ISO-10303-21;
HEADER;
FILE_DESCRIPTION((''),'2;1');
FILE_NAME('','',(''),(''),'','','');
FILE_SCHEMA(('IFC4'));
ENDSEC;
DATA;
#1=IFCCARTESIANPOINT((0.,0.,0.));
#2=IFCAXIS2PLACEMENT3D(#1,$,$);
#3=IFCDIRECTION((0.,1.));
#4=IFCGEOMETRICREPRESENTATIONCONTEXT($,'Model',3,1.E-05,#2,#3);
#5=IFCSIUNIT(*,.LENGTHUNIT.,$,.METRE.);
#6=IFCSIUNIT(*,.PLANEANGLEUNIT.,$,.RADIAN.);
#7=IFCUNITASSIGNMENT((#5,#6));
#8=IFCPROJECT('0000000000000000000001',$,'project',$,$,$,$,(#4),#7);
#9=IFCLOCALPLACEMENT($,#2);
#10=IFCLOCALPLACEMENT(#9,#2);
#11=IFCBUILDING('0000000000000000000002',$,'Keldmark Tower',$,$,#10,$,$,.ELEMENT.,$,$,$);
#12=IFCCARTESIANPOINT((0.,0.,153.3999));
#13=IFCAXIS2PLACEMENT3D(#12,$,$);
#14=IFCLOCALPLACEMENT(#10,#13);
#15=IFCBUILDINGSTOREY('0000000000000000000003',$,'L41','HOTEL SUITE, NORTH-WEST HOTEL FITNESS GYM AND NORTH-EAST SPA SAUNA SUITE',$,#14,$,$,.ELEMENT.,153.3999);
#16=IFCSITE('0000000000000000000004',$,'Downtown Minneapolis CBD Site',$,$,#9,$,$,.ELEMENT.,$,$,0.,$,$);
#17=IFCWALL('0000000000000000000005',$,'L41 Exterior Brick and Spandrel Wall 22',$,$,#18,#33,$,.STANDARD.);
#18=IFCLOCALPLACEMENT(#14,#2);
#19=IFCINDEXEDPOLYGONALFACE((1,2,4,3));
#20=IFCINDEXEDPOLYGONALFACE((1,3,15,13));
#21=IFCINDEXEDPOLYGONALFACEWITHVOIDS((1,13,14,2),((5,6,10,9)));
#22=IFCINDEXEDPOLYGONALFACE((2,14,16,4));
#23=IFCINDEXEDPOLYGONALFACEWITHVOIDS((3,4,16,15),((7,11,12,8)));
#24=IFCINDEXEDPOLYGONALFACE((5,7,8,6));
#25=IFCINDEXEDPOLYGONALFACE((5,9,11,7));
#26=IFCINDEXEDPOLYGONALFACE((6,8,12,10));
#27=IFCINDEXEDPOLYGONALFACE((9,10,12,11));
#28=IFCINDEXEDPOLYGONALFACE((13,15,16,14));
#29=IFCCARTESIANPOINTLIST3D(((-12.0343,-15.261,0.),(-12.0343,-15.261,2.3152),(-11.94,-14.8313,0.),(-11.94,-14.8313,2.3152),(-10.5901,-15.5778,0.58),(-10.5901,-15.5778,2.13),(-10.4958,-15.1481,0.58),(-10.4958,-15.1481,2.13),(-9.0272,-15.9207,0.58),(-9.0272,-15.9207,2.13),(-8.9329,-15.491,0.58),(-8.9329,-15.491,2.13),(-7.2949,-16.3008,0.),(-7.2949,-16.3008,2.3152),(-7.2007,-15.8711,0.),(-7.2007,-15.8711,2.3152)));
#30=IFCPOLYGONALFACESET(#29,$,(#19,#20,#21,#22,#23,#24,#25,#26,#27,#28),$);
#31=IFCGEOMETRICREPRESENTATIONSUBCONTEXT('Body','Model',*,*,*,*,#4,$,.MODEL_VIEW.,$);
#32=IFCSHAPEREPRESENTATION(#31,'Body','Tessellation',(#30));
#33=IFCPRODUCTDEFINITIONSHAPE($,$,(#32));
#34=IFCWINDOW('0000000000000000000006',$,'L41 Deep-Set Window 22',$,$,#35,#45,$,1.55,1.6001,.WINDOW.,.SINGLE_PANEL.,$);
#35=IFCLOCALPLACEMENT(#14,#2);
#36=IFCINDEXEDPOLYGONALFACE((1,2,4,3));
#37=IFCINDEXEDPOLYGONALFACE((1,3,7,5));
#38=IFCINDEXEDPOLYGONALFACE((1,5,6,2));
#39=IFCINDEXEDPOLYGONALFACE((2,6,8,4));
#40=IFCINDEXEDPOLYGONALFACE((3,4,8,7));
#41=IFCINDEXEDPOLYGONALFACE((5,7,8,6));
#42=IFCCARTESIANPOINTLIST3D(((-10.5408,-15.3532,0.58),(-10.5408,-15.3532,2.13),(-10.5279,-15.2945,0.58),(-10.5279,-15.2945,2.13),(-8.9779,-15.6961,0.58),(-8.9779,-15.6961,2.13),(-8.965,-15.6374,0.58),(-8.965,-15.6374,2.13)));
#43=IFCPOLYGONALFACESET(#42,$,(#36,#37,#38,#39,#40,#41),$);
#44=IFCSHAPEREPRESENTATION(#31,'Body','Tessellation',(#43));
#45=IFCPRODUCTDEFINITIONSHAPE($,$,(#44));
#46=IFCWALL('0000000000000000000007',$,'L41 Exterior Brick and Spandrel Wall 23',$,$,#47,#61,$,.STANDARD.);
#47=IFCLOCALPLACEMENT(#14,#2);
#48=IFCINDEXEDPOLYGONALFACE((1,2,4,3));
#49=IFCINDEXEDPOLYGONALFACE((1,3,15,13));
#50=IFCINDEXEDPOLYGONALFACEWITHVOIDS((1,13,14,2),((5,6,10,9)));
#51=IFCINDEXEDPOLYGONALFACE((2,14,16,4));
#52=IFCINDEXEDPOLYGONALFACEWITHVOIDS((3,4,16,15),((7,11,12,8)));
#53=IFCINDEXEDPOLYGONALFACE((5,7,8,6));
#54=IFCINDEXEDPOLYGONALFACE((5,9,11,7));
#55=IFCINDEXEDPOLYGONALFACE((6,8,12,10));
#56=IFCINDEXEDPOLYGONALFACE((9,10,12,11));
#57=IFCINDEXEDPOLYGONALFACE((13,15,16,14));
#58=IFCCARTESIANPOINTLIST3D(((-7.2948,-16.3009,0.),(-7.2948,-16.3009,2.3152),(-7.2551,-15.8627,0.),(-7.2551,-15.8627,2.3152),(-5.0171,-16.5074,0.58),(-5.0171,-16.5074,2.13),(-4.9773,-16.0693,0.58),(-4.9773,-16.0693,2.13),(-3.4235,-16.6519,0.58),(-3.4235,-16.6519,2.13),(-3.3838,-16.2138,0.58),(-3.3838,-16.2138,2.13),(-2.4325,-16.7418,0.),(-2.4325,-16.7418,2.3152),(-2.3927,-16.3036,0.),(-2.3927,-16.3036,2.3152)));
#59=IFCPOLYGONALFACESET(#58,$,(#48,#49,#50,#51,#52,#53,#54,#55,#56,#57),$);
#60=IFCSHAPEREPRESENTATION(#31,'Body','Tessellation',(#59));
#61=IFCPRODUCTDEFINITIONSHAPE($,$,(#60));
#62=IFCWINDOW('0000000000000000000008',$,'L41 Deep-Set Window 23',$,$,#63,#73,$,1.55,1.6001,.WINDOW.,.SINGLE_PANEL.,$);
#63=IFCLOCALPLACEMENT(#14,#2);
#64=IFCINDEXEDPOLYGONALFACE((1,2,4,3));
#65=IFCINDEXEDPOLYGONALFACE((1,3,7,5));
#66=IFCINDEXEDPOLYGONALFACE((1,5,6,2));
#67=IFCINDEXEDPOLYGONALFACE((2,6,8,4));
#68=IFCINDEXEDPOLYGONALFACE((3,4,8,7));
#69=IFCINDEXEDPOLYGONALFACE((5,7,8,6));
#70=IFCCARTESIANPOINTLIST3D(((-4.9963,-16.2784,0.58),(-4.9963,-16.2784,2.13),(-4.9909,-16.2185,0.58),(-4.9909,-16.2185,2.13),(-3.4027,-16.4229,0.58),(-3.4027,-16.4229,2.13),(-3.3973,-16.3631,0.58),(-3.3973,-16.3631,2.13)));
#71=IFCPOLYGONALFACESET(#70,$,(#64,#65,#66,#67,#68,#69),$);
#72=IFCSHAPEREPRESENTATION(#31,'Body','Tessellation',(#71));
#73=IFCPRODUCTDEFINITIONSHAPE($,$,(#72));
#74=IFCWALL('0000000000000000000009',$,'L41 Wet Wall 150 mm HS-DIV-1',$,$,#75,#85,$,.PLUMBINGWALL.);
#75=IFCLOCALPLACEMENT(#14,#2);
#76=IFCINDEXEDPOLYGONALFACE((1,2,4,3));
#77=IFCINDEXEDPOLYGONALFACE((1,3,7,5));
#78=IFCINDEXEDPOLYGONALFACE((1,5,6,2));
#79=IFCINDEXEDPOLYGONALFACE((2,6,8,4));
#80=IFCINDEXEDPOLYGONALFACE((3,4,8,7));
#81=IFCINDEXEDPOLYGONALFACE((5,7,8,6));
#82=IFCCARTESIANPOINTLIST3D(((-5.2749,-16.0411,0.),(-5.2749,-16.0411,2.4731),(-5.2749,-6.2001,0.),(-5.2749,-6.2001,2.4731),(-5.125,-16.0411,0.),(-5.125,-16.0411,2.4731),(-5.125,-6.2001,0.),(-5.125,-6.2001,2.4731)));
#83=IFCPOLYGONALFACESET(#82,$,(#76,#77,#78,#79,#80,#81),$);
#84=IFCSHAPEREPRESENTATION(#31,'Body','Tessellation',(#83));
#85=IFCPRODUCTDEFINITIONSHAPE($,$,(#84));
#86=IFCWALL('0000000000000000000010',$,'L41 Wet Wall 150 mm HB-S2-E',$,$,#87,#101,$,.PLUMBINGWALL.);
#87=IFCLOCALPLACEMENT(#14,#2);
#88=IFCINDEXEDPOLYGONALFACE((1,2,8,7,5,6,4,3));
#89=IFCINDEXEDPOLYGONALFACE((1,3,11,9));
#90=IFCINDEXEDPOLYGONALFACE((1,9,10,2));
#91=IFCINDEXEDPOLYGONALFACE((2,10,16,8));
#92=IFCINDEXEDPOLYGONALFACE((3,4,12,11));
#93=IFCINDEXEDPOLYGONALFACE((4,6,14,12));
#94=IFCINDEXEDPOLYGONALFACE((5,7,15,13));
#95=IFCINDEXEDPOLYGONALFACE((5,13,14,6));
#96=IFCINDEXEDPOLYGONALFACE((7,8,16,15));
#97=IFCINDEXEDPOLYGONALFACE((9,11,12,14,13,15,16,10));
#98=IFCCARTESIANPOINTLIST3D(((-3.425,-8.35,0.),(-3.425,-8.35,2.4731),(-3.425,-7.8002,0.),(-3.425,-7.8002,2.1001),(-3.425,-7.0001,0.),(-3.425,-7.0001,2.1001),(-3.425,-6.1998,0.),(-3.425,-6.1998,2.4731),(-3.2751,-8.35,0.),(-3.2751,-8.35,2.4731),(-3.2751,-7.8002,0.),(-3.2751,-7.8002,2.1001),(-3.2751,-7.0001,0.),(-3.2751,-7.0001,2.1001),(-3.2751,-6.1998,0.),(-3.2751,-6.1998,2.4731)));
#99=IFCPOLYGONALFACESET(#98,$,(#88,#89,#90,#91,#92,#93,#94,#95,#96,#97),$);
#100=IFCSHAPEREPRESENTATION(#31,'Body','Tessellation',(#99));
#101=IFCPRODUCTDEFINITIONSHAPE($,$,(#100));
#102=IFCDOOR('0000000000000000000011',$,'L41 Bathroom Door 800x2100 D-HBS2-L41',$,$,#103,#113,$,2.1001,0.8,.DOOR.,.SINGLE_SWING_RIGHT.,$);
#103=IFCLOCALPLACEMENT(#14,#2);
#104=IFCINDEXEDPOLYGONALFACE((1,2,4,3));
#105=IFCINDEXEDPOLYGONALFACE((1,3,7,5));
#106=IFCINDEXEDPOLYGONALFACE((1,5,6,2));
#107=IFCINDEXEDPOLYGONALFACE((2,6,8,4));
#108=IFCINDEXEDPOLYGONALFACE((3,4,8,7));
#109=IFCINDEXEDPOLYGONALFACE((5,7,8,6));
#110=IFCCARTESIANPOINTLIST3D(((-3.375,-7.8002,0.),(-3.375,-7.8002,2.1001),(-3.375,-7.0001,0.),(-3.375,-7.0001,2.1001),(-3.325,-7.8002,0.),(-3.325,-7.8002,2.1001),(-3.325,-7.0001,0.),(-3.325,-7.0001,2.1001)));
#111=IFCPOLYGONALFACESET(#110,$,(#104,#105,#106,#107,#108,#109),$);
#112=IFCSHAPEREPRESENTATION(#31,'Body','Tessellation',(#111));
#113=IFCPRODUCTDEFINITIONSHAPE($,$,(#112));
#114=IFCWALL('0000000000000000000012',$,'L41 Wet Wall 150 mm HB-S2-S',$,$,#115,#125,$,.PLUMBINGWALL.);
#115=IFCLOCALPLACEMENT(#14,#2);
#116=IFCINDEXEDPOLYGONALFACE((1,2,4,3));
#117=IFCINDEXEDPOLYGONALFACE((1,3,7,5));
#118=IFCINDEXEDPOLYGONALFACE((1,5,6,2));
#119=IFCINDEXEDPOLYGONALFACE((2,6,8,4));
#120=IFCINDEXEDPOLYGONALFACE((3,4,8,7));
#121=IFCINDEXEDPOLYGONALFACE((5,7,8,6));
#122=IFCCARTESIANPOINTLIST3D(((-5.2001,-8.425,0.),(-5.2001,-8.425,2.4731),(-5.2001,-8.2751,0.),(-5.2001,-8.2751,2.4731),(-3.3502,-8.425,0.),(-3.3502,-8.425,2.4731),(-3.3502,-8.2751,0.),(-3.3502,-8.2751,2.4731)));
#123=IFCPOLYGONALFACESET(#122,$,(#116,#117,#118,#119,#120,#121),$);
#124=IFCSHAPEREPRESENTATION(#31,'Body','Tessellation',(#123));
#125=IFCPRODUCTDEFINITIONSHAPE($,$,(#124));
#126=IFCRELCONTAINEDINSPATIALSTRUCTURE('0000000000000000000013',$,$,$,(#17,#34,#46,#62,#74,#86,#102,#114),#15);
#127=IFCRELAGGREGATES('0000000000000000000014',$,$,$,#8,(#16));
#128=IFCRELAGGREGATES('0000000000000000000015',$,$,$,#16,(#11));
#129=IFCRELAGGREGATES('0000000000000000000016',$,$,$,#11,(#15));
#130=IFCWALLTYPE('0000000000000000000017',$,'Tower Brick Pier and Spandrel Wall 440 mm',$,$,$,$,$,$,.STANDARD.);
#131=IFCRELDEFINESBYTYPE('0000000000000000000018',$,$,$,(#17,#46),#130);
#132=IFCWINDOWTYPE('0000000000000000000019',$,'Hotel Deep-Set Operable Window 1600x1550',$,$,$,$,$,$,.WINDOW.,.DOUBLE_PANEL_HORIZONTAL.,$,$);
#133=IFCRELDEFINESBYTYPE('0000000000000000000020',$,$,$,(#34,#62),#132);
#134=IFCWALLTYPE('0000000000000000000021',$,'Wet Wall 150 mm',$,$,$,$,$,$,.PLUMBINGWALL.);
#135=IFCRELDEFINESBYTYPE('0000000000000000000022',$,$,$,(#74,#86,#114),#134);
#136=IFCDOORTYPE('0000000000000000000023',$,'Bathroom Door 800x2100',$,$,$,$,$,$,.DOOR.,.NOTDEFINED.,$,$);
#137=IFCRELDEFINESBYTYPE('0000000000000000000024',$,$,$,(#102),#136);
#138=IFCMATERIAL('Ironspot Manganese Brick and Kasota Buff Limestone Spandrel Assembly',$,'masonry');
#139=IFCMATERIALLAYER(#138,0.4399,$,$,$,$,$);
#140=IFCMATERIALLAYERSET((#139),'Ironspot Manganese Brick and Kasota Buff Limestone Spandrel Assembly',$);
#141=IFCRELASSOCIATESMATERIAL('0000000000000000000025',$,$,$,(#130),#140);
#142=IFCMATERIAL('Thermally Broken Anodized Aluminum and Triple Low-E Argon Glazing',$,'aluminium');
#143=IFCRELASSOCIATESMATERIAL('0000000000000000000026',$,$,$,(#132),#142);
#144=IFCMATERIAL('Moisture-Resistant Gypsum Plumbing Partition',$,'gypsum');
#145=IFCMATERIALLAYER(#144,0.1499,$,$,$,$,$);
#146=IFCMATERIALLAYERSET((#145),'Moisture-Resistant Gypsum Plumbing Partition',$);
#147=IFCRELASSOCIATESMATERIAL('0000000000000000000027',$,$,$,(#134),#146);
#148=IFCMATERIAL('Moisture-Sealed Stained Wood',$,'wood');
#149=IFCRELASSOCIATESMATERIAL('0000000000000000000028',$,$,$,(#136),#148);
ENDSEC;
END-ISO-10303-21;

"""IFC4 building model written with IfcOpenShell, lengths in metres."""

from ifc_helpers import new_model, si_unit, direction, frame, frame_2d, origin, place, context, subcontext, project, spatial, rectangle, extrude, material, layer, layer_set, type_object, element, fill, save


model = new_model("IFC4")

# Units and contexts
model_context = context("Model", 3, precision=1e-05, world=origin(), true_north=direction((0.0, 1.0)))
body_context = subcontext(model_context, "Body", "Model", "MODEL_VIEW")
ifc_project = project(units=[si_unit("LENGTHUNIT", "METRE"), si_unit("PLANEANGLEUNIT", "RADIAN")], contexts=[model_context])

# Site, building, storey
site_placement = place(None, origin())
site = spatial("IfcSite", under=ifc_project, at=site_placement, Name="Downtown Minneapolis CBD Site", CompositionType="ELEMENT", RefElevation=0.0)
building_placement = place(site_placement, origin())
building = spatial("IfcBuilding", under=site, at=building_placement, Name="Keldmark Tower", CompositionType="ELEMENT")
storey_placement = place(building_placement, frame((0.0, 0.0, 153.3999)))
storey = spatial("IfcBuildingStorey", under=building, at=storey_placement, Name="L41", Description="HOTEL SUITE, NORTH-WEST HOTEL FITNESS GYM AND NORTH-EAST SPA SAUNA SUITE", CompositionType="ELEMENT", Elevation=153.3999)

# Walls, openings, windows
ifc_material_1 = material(Name="Ironspot Manganese Brick and Kasota Buff Limestone Spandrel Assembly", Category="masonry")
ifc_layer_1 = layer(ifc_material_1, 0.4399)
ifc_layer_set_1 = layer_set([ifc_layer_1], Name="Ironspot Manganese Brick and Kasota Buff Limestone Spandrel Assembly")
wall_type_1 = type_object("IfcWallType", Name="Tower Brick Pier and Spandrel Wall 440 mm", PredefinedType="STANDARD", material=ifc_layer_set_1)
ifc_material_2 = material(Name="Thermally Broken Anodized Aluminum and Triple Low-E Argon Glazing", Category="aluminium")
window_type = type_object("IfcWindowType", Name="Hotel Deep-Set Operable Window 1600x1550", PartitioningType="DOUBLE_PANEL_HORIZONTAL", PredefinedType="WINDOW", material=ifc_material_2)
wall_1_placement = place(storey_placement, frame((-7.2478, -16.0859, 0.0), z_axis=(0.0, 0.0, 1.0), x_axis=(-0.976767, 0.214303, 0.0)))
wall_1 = element("IfcWall", 1, at=wall_1_placement, inside=storey, type_object=wall_type_1, Name="L41 Exterior Brick and Spandrel Wall 22", PredefinedType="STANDARD", context=body_context, shape_type="SweptSolid", body=[
    extrude(rectangle(XDim=4.8521, YDim=0.4399, at=frame_2d((2.426, 0.0))), origin(), (0.0, 0.0, 1.0), 2.3152),
])
opening_1_placement = place(wall_1_placement, frame((1.7734, 0.0, 0.5801)))
opening_1 = element("IfcOpeningElement", 2, at=opening_1_placement, cuts=wall_1, PredefinedType="OPENING", context=body_context, shape_type="SweptSolid", body=[
    extrude(rectangle(XDim=1.6001, YDim=1.55, at=frame_2d((0.8, 0.7749))), frame((0.0, 0.23, 0.0), z_axis=(0.0, -1.0, 0.0), x_axis=(1.0, 0.0, 0.0)), (0.0, 0.0, 1.0), 0.46),
])
window_1_placement = place(opening_1_placement, origin())
window_1 = element("IfcWindow", 3, at=window_1_placement, inside=storey, type_object=window_type, Name="L41 Deep-Set Window 22", OverallHeight=1.55, OverallWidth=1.6001, PartitioningType="SINGLE_PANEL", PredefinedType="WINDOW", context=body_context, shape_type="SweptSolid", body=[
    extrude(rectangle(XDim=1.6001, YDim=1.55, at=frame_2d((0.8, 0.7749))), frame((0.0, -0.01, 0.0), z_axis=(0.0, -1.0, 0.0), x_axis=(1.0, 0.0, 0.0)), (0.0, 0.0, 1.0), 0.0601),
])
fill(opening_1, window_1)
wall_2_placement = place(storey_placement, frame((-2.4126, -16.5227, 0.0), z_axis=(0.0, 0.0, 1.0), x_axis=(-0.995914, 0.09031, 0.0)))
wall_2 = element("IfcWall", 4, at=wall_2_placement, inside=storey, type_object=wall_type_1, Name="L41 Exterior Brick and Spandrel Wall 23", PredefinedType="STANDARD", context=body_context, shape_type="SweptSolid", body=[
    extrude(rectangle(XDim=4.8823, YDim=0.4399, at=frame_2d((2.4412, 0.0))), origin(), (0.0, 0.0, 1.0), 2.3152),
])
opening_2_placement = place(wall_2_placement, frame((0.9951, 0.0, 0.5801)))
opening_2 = element("IfcOpeningElement", 5, at=opening_2_placement, cuts=wall_2, PredefinedType="OPENING", context=body_context, shape_type="SweptSolid", body=[
    extrude(rectangle(XDim=1.6001, YDim=1.55, at=frame_2d((0.8, 0.7749))), frame((0.0, 0.23, 0.0), z_axis=(0.0, -1.0, 0.0), x_axis=(1.0, 0.0, 0.0)), (0.0, 0.0, 1.0), 0.46),
])
window_2_placement = place(opening_2_placement, origin())
window_2 = element("IfcWindow", 6, at=window_2_placement, inside=storey, type_object=window_type, Name="L41 Deep-Set Window 23", OverallHeight=1.55, OverallWidth=1.6001, PartitioningType="SINGLE_PANEL", PredefinedType="WINDOW", context=body_context, shape_type="SweptSolid", body=[
    extrude(rectangle(XDim=1.6001, YDim=1.55, at=frame_2d((0.8, 0.7749))), frame((0.0, -0.01, 0.0), z_axis=(0.0, -1.0, 0.0), x_axis=(1.0, 0.0, 0.0)), (0.0, 0.0, 1.0), 0.0601),
])
fill(opening_2, window_2)

# Wall
ifc_material_3 = material(Name="Moisture-Resistant Gypsum Plumbing Partition", Category="gypsum")
ifc_layer_2 = layer(ifc_material_3, 0.1499)
ifc_layer_set_2 = layer_set([ifc_layer_2], Name="Moisture-Resistant Gypsum Plumbing Partition")
wall_type_2 = type_object("IfcWallType", Name="Wet Wall 150 mm", PredefinedType="PLUMBINGWALL", material=ifc_layer_set_2)
wall_3_placement = place(storey_placement, frame((-5.2, -16.041, 0.0), z_axis=(0.0, 0.0, 1.0), x_axis=(0.0, 1.0, 0.0)))
element("IfcWall", 7, at=wall_3_placement, inside=storey, type_object=wall_type_2, Name="L41 Wet Wall 150 mm HS-DIV-1", PredefinedType="PLUMBINGWALL", context=body_context, shape_type="SweptSolid", body=[
    extrude(rectangle(XDim=9.8411, YDim=0.1499, at=frame_2d((4.9204, 0.0))), origin(), (0.0, 0.0, 1.0), 2.4731),
])

# Wall, opening, door
wall_4_placement = place(storey_placement, frame((-3.3501, -8.3501, 0.0), z_axis=(0.0, 0.0, 1.0), x_axis=(0.0, 1.0, 0.0)))
wall_4 = element("IfcWall", 8, at=wall_4_placement, inside=storey, type_object=wall_type_2, Name="L41 Wet Wall 150 mm HB-S2-E", PredefinedType="PLUMBINGWALL", context=body_context, shape_type="SweptSolid", body=[
    extrude(rectangle(XDim=2.1501, YDim=0.1499, at=frame_2d((1.0752, 0.0))), origin(), (0.0, 0.0, 1.0), 2.4731),
])
opening_3_placement = place(wall_4_placement, frame((0.55, 0.0, 0.0)))
opening_3 = element("IfcOpeningElement", 9, at=opening_3_placement, cuts=wall_4, PredefinedType="OPENING", context=body_context, shape_type="SweptSolid", body=[
    extrude(rectangle(XDim=0.8, YDim=2.1001, at=frame_2d((0.3999, 1.05))), frame((0.0, 0.085, 0.0), z_axis=(0.0, -1.0, 0.0), x_axis=(1.0, 0.0, 0.0)), (0.0, 0.0, 1.0), 0.1699),
])
ifc_material_4 = material(Name="Moisture-Sealed Stained Wood", Category="wood")
door_type_1 = type_object("IfcDoorType", Name="Bathroom Door 800x2100", OperationType="NOTDEFINED", PredefinedType="DOOR", material=ifc_material_4)
door_1_placement = place(opening_3_placement, origin())
door_1 = element("IfcDoor", 10, at=door_1_placement, inside=storey, type_object=door_type_1, Name="L41 Bathroom Door 800x2100 D-HBS2-L41", OperationType="SINGLE_SWING_RIGHT", OverallHeight=2.1001, OverallWidth=0.8, PredefinedType="DOOR", context=body_context, shape_type="SweptSolid", body=[
    extrude(rectangle(XDim=0.8, YDim=2.1001, at=frame_2d((0.3999, 1.05))), frame((0.0, 0.0249, 0.0), z_axis=(0.0, -1.0, 0.0), x_axis=(1.0, 0.0, 0.0)), (0.0, 0.0, 1.0), 0.05),
])
fill(opening_3, door_1)

# Wall
wall_5_placement = place(storey_placement, frame((-5.2, -8.3501, 0.0), z_axis=(0.0, 0.0, 1.0), x_axis=(1.0, 0.0, 0.0)))
element("IfcWall", 11, at=wall_5_placement, inside=storey, type_object=wall_type_2, Name="L41 Wet Wall 150 mm HB-S2-S", PredefinedType="PLUMBINGWALL", context=body_context, shape_type="SweptSolid", body=[
    extrude(rectangle(XDim=1.8499, YDim=0.1499, at=frame_2d((0.9248, 0.0))), origin(), (0.0, 0.0, 1.0), 2.4731),
])

save(model, "model.ifc")
